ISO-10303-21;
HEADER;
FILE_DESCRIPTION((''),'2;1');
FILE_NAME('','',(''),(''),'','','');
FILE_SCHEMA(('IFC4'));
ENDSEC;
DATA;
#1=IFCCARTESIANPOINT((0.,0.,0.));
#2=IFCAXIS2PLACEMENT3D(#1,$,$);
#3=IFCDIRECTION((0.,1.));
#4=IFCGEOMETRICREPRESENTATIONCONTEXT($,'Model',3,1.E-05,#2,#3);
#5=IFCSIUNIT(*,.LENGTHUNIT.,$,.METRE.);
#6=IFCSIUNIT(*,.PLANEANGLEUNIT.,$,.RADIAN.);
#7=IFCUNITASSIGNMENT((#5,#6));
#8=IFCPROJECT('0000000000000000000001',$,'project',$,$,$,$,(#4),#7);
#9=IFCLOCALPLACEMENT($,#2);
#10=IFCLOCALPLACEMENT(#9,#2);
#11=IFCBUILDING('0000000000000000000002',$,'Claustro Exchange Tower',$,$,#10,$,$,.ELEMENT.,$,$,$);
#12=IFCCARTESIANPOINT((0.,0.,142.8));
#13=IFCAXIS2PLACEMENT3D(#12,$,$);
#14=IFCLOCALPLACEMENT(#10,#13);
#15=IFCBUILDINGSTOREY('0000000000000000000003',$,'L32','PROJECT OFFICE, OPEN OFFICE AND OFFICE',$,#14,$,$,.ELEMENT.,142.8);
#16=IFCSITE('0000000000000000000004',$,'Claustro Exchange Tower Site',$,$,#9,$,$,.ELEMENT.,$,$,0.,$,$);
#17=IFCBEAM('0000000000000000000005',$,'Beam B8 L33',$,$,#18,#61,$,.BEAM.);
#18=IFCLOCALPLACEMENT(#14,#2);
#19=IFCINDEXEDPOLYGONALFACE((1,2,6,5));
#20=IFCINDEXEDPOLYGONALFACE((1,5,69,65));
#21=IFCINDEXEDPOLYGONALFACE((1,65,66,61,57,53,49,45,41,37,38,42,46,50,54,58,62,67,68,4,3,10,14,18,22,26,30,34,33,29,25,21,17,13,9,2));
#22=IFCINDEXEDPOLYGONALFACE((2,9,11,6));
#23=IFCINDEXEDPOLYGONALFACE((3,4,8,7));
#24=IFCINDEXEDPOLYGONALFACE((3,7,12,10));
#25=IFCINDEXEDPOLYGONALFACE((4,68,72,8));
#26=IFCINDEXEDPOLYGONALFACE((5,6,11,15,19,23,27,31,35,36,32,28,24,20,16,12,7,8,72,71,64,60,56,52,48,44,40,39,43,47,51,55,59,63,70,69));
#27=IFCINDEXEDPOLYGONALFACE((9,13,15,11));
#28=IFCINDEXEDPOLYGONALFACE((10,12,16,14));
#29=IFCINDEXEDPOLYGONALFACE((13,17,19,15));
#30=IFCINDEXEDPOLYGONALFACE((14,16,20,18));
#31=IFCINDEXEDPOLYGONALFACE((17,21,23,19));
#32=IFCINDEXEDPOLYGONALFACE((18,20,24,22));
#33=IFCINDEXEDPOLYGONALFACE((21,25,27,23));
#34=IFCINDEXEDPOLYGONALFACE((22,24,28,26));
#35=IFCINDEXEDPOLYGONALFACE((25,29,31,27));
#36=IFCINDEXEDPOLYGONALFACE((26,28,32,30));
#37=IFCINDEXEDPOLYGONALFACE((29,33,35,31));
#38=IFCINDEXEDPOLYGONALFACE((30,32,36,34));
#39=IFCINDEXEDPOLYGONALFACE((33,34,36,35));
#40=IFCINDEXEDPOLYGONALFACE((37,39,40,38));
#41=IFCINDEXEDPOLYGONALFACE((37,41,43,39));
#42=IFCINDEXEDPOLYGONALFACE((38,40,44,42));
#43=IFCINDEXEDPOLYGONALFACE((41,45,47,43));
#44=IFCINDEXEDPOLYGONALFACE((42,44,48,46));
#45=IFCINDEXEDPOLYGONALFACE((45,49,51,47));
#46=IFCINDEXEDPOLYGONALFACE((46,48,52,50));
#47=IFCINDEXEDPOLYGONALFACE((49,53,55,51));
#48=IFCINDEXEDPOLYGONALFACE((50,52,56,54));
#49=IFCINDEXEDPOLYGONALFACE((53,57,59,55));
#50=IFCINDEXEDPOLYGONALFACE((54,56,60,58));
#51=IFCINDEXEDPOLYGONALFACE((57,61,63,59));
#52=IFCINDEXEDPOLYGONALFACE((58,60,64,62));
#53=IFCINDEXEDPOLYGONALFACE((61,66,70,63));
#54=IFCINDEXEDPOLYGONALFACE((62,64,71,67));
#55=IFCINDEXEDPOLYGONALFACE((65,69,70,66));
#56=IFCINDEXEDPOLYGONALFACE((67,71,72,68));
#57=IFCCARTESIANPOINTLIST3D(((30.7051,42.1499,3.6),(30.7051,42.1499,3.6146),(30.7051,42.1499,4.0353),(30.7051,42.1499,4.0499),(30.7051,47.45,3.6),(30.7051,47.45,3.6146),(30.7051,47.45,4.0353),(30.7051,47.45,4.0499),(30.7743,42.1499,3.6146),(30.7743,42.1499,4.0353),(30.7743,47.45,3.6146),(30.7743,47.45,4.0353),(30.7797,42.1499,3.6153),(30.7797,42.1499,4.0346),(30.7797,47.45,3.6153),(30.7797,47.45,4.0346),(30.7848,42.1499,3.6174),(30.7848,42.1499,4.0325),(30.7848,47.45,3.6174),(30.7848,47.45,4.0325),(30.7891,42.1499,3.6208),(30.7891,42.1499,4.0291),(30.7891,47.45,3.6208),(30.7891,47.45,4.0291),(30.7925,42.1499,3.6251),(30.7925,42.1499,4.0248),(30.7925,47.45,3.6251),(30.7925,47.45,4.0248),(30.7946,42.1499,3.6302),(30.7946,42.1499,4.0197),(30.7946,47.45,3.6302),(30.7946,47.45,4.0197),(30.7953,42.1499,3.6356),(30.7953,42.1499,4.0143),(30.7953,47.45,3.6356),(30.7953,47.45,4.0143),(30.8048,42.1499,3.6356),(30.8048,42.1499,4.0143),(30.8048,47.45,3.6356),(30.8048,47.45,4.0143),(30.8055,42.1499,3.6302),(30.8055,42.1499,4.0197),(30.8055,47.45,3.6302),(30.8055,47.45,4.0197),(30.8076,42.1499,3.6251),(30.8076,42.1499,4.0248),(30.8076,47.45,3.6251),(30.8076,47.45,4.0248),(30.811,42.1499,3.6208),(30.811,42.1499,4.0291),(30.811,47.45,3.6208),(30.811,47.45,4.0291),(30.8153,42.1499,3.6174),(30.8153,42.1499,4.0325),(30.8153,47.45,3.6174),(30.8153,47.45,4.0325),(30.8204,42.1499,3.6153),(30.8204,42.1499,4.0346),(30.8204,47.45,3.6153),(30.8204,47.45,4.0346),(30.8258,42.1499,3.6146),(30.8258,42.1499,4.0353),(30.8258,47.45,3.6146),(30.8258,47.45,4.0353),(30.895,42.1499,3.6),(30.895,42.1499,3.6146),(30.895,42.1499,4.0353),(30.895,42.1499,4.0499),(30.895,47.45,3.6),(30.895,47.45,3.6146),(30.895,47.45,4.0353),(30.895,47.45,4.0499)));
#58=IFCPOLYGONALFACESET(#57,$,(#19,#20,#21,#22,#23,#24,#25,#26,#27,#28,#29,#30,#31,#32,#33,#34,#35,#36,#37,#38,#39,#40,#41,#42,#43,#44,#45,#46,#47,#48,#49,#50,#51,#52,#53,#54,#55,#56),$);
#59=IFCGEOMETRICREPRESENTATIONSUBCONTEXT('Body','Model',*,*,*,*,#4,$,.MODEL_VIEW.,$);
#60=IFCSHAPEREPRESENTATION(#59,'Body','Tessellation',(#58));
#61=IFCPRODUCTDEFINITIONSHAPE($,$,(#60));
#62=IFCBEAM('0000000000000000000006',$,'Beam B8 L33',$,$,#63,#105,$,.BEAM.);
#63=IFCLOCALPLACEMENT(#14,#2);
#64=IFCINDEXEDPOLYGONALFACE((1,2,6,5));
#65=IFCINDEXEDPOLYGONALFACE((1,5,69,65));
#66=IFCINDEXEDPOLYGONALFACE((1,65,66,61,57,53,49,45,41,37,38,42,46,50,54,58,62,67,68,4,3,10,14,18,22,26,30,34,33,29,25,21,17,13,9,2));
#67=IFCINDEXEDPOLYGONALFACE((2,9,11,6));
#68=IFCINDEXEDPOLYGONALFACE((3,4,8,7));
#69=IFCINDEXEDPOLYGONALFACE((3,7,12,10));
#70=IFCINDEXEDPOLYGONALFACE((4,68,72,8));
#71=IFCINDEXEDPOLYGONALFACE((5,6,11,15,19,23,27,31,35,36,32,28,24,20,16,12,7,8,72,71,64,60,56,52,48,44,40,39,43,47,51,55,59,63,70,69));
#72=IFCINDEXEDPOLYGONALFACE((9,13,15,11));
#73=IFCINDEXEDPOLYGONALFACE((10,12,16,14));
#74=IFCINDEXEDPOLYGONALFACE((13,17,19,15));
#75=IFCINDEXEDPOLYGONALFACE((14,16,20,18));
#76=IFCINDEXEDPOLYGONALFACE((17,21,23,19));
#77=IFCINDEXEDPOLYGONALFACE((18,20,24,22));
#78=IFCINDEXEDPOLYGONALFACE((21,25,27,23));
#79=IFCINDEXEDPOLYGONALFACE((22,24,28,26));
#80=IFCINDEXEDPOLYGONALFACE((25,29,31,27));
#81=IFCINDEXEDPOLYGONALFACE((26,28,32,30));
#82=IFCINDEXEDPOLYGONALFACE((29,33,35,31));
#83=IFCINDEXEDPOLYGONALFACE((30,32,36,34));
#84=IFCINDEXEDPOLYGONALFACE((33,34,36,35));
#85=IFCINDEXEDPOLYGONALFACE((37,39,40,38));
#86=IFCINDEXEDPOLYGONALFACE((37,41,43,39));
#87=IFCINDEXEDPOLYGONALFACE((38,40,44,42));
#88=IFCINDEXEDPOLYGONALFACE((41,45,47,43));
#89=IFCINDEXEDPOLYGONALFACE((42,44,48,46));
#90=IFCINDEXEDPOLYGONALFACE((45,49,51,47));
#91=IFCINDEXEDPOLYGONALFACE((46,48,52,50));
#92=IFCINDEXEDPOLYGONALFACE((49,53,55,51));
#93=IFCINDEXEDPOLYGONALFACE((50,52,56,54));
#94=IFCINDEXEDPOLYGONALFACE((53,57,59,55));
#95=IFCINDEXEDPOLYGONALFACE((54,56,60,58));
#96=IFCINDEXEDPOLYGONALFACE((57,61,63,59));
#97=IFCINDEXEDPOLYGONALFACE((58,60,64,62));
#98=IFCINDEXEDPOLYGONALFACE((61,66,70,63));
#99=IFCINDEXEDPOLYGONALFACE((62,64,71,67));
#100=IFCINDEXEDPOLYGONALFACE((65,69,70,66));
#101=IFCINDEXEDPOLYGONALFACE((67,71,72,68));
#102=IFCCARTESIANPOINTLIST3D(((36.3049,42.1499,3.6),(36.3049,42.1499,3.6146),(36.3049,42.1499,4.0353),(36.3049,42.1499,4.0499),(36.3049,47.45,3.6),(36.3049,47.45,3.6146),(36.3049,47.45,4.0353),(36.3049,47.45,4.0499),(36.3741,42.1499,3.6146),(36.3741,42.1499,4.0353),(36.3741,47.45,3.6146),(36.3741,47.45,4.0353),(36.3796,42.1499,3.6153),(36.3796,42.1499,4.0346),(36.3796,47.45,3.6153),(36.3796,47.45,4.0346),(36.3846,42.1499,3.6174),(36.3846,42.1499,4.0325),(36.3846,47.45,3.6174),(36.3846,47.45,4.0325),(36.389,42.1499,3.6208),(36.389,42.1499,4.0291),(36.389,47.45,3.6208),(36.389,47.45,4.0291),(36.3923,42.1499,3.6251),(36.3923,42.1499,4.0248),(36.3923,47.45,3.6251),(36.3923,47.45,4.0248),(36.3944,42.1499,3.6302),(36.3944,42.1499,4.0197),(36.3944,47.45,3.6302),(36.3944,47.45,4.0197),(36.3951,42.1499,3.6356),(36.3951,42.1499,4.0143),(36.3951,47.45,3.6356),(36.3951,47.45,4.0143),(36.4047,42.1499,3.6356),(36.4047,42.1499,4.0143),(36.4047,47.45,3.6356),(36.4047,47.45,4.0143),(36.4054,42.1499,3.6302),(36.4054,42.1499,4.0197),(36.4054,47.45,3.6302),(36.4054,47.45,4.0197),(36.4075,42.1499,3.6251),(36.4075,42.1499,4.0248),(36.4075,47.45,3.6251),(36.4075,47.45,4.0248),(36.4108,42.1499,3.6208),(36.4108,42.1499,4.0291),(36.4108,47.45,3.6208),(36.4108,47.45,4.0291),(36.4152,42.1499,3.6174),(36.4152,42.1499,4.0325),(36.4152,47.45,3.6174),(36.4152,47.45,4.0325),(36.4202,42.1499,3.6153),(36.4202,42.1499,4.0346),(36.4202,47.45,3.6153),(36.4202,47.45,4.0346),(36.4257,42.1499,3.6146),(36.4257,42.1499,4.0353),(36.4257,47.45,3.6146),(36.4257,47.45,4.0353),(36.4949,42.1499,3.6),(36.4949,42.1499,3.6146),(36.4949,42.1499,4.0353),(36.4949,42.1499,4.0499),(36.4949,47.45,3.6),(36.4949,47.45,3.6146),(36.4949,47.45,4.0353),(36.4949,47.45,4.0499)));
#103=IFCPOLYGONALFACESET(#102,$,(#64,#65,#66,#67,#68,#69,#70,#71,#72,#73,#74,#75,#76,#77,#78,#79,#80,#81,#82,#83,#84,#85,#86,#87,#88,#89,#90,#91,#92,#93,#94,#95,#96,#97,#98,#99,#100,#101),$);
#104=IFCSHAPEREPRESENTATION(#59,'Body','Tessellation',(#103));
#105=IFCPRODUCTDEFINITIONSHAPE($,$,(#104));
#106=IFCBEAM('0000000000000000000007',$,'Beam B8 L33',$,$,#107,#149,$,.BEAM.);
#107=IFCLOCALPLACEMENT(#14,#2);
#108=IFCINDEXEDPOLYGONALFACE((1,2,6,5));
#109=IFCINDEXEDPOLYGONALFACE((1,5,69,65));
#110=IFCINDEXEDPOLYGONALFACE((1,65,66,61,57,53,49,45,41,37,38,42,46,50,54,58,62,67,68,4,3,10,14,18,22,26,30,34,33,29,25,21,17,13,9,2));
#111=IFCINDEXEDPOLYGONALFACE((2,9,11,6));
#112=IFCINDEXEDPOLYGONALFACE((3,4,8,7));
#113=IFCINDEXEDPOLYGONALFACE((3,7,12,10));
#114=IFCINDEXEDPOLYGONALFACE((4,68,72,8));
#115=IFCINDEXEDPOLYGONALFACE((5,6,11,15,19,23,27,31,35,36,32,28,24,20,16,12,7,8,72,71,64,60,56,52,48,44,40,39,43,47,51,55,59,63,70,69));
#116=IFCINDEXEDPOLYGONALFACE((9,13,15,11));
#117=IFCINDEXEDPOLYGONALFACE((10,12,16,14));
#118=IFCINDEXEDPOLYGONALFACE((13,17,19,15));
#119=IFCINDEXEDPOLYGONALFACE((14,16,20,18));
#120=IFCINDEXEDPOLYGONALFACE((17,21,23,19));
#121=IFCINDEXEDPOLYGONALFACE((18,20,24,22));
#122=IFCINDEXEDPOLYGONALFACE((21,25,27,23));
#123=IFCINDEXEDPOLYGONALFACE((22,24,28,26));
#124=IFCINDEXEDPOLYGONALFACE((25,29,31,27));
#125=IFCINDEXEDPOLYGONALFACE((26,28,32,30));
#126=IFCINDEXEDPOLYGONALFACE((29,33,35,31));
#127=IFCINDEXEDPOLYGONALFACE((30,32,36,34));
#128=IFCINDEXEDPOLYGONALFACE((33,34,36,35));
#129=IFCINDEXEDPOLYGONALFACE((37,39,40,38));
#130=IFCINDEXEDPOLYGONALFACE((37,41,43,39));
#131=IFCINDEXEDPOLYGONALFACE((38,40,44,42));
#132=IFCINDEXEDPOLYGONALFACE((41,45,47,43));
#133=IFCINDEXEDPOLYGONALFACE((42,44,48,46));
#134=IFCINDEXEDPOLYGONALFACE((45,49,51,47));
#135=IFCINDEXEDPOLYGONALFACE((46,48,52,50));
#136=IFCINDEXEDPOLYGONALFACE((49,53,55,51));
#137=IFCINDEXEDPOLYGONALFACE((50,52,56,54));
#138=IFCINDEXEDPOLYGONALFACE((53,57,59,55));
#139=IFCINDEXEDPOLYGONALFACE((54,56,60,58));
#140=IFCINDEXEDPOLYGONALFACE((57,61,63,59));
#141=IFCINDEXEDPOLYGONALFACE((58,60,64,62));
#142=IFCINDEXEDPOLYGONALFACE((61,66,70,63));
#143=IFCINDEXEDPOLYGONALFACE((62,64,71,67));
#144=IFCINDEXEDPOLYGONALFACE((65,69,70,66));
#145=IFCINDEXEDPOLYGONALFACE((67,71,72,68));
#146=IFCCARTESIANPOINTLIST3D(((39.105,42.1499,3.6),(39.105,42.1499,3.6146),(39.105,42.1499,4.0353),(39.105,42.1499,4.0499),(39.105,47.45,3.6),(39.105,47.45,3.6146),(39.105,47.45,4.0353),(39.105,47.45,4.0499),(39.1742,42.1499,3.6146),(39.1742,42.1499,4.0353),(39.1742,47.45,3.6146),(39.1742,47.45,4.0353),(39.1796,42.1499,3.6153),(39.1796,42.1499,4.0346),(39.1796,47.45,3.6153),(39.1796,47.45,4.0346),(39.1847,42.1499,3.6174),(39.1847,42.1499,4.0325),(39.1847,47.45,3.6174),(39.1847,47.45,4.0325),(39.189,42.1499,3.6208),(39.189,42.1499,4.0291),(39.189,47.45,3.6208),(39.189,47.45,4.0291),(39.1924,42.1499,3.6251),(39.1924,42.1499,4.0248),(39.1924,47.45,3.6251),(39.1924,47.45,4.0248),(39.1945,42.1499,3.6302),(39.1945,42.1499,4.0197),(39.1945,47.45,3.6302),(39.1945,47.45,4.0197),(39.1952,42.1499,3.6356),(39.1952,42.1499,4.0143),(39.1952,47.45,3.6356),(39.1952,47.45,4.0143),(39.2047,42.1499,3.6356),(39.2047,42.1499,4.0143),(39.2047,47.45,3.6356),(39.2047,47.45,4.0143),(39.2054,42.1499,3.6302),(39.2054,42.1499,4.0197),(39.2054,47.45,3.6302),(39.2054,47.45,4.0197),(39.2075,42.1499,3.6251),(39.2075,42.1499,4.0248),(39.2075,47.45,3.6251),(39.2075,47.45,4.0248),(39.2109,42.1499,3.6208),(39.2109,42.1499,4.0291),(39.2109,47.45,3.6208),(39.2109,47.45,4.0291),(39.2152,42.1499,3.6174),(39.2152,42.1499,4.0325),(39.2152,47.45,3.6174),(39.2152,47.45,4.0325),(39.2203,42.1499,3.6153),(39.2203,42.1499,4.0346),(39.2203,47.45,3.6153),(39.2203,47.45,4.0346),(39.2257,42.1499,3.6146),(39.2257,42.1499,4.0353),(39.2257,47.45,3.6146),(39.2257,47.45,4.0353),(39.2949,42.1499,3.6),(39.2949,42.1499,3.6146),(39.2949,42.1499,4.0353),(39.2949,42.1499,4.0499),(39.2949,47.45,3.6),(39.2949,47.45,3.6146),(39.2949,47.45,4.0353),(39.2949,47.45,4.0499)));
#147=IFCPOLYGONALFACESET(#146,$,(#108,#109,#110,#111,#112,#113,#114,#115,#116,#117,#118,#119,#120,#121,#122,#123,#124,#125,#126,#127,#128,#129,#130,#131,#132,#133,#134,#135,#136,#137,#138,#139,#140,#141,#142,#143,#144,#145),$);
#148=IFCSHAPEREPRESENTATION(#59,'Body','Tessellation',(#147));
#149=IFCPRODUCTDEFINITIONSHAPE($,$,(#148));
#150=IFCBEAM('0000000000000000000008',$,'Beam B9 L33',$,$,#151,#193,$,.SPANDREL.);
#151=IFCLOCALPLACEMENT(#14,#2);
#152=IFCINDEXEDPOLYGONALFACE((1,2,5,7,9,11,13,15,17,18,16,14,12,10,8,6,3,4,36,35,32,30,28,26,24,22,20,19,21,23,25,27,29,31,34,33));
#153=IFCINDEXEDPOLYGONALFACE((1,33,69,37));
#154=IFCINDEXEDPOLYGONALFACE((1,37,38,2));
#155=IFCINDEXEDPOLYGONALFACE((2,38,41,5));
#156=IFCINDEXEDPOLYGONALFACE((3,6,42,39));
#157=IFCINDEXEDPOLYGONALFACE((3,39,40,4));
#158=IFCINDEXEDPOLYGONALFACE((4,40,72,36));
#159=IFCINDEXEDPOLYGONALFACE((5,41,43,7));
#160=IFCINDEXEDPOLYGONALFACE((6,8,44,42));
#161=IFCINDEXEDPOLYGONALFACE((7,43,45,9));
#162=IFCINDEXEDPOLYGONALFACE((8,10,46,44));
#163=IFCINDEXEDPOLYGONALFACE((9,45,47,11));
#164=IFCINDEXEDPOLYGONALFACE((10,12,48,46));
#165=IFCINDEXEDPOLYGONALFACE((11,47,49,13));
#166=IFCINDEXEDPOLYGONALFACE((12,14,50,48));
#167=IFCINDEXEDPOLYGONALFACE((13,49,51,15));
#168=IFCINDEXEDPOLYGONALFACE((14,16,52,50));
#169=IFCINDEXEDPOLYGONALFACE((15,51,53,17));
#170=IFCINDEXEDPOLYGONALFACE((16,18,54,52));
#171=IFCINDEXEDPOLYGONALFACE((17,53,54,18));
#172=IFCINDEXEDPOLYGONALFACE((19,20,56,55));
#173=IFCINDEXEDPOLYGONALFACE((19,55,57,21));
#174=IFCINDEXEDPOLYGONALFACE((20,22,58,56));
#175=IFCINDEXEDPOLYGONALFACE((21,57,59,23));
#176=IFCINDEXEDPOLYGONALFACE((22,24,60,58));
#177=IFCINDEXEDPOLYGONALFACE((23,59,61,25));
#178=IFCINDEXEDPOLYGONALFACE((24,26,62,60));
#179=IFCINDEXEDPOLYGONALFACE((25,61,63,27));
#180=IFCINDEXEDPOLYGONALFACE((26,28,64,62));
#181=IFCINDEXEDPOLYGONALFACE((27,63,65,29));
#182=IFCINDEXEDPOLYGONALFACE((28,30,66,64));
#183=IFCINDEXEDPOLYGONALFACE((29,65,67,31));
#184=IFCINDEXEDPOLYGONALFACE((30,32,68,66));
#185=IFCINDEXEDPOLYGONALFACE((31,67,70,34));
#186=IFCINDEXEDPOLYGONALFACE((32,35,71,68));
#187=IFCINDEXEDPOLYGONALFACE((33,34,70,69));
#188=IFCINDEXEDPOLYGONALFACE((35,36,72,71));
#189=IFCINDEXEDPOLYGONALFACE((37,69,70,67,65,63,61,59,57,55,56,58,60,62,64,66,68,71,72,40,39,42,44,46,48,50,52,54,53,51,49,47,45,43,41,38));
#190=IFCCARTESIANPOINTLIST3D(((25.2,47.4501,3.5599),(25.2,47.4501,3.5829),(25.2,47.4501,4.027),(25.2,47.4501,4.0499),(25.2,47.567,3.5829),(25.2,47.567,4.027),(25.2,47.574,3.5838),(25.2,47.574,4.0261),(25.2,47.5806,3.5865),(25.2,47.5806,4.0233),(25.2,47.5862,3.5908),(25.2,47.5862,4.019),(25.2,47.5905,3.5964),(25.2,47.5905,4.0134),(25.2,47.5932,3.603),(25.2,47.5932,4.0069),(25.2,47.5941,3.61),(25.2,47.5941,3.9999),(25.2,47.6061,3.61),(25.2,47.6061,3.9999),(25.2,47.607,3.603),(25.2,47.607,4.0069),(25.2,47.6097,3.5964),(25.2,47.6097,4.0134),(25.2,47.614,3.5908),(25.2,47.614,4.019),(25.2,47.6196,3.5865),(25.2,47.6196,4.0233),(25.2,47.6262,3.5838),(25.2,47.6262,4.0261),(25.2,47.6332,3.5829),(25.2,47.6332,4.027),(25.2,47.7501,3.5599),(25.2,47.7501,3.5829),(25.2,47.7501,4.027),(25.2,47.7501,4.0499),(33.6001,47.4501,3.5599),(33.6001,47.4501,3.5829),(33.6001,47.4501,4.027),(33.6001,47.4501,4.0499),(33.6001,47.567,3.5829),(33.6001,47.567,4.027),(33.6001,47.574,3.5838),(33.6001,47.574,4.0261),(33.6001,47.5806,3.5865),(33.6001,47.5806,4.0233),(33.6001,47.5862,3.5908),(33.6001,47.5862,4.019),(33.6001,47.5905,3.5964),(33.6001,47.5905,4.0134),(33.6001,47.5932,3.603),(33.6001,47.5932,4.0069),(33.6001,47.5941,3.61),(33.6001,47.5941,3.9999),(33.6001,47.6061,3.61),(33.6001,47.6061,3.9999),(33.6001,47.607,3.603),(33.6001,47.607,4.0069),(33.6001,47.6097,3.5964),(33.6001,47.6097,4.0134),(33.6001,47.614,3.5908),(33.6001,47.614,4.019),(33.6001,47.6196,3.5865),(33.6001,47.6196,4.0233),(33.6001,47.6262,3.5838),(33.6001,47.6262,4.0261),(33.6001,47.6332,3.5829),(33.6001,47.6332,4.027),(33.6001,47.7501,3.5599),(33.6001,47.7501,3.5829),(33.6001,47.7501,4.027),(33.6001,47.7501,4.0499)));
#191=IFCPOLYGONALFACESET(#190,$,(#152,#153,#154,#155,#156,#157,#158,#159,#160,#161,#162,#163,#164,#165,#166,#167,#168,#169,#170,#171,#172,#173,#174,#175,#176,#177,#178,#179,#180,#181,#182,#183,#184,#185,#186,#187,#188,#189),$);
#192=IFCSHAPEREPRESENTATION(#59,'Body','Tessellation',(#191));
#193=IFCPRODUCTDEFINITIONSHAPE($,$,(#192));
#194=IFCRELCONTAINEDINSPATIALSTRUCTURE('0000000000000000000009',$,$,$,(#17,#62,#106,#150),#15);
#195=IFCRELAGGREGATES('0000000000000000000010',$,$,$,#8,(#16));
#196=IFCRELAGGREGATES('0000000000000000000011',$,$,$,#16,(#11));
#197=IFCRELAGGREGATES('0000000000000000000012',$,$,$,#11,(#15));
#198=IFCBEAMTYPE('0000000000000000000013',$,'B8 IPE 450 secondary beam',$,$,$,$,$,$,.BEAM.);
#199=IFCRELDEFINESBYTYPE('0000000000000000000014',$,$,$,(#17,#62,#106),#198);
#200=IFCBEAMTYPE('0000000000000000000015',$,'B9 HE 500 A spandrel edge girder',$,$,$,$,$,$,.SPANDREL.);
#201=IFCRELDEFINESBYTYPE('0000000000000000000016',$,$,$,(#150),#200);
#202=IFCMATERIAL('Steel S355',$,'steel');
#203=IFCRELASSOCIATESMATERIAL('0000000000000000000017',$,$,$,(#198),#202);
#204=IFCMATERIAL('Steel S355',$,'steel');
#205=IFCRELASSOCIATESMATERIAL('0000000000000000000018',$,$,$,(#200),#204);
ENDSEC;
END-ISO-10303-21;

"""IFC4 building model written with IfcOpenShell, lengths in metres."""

from ifc_helpers import new_model, si_unit, direction, frame, origin, origin_2d, place, context, subcontext, project, spatial, i_section, extrude, material, material_profile, profile_set, type_object, element, save


model = new_model("IFC4")

# Units and contexts
model_context = context("Model", 3, precision=1e-05, world=origin(), true_north=direction((0.0, 1.0)))
body_context = subcontext(model_context, "Body", "Model", "MODEL_VIEW")
ifc_project = project(units=[si_unit("LENGTHUNIT", "METRE"), si_unit("PLANEANGLEUNIT", "RADIAN")], contexts=[model_context])

# Site, building, storey
site_placement = place(None, origin())
site = spatial("IfcSite", under=ifc_project, at=site_placement, Name="Claustro Exchange Tower Site", CompositionType="ELEMENT", RefElevation=0.0)
building_placement = place(site_placement, origin())
building = spatial("IfcBuilding", under=site, at=building_placement, Name="Claustro Exchange Tower", CompositionType="ELEMENT")
storey_placement = place(building_placement, frame((0.0, 0.0, 142.8)))
storey = spatial("IfcBuildingStorey", under=building, at=storey_placement, Name="L32", Description="PROJECT OFFICE, OPEN OFFICE AND OFFICE", CompositionType="ELEMENT", Elevation=142.8)

# Beams
ifc_material_1 = material(Name="Steel S355", Category="steel")
ifc_material_profile_1 = material_profile(ifc_material_1, i_section(OverallWidth=0.1899, OverallDepth=0.45, WebThickness=0.0095, FlangeThickness=0.0146, FilletRadius=0.021, at=origin_2d()), Name="IPE 450")
ifc_profile_set_1 = profile_set([ifc_material_profile_1], Name="Steel S355")
beam_type_1 = type_object("IfcBeamType", Name="B8 IPE 450 secondary beam", PredefinedType="BEAM", material=ifc_profile_set_1)
for number, where, z_axis, x_axis, name in (
    (1, (30.8, 42.1499, 3.825), (0.0, 1.0, 0.0), (-1.0, 0.0, 0.0), "Beam B8 L33"),
    (2, (36.3999, 42.1499, 3.825), (0.0, 1.0, 0.0), (-1.0, 0.0, 0.0), "Beam B8 L33"),
    (3, (39.2, 42.1499, 3.825), (0.0, 1.0, 0.0), (-1.0, 0.0, 0.0), "Beam B8 L33"),
):
    element("IfcBeam", number, at=place(storey_placement, frame(where, z_axis=z_axis, x_axis=x_axis)), inside=storey, type_object=beam_type_1, Name=name, PredefinedType="BEAM", context=body_context, shape_type="SweptSolid", body=[
        extrude(i_section(OverallWidth=0.1899, OverallDepth=0.45, WebThickness=0.0095, FlangeThickness=0.0146, FilletRadius=0.021, at=origin_2d()), origin(), (0.0, 0.0, 1.0), 5.3),
    ])
ifc_material_2 = material(Name="Steel S355", Category="steel")
ifc_material_profile_2 = material_profile(ifc_material_2, i_section(OverallWidth=0.3, OverallDepth=0.49, WebThickness=0.012, FlangeThickness=0.0229, FilletRadius=0.0271, at=origin_2d()), Name="HE 500 A")
ifc_profile_set_2 = profile_set([ifc_material_profile_2], Name="Steel S355")
beam_type_2 = type_object("IfcBeamType", Name="B9 HE 500 A spandrel edge girder", PredefinedType="SPANDREL", material=ifc_profile_set_2)
beam_1_placement = place(storey_placement, frame((25.2, 47.6001, 3.8049), z_axis=(1.0, 0.0, 0.0), x_axis=(0.0, 1.0, 0.0)))
element("IfcBeam", 4, at=beam_1_placement, inside=storey, type_object=beam_type_2, Name="Beam B9 L33", PredefinedType="SPANDREL", context=body_context, shape_type="SweptSolid", body=[
    extrude(i_section(OverallWidth=0.3, OverallDepth=0.49, WebThickness=0.012, FlangeThickness=0.0229, FilletRadius=0.0271, at=origin_2d()), origin(), (0.0, 0.0, 1.0), 8.4001),
])

save(model, "model.ifc")
